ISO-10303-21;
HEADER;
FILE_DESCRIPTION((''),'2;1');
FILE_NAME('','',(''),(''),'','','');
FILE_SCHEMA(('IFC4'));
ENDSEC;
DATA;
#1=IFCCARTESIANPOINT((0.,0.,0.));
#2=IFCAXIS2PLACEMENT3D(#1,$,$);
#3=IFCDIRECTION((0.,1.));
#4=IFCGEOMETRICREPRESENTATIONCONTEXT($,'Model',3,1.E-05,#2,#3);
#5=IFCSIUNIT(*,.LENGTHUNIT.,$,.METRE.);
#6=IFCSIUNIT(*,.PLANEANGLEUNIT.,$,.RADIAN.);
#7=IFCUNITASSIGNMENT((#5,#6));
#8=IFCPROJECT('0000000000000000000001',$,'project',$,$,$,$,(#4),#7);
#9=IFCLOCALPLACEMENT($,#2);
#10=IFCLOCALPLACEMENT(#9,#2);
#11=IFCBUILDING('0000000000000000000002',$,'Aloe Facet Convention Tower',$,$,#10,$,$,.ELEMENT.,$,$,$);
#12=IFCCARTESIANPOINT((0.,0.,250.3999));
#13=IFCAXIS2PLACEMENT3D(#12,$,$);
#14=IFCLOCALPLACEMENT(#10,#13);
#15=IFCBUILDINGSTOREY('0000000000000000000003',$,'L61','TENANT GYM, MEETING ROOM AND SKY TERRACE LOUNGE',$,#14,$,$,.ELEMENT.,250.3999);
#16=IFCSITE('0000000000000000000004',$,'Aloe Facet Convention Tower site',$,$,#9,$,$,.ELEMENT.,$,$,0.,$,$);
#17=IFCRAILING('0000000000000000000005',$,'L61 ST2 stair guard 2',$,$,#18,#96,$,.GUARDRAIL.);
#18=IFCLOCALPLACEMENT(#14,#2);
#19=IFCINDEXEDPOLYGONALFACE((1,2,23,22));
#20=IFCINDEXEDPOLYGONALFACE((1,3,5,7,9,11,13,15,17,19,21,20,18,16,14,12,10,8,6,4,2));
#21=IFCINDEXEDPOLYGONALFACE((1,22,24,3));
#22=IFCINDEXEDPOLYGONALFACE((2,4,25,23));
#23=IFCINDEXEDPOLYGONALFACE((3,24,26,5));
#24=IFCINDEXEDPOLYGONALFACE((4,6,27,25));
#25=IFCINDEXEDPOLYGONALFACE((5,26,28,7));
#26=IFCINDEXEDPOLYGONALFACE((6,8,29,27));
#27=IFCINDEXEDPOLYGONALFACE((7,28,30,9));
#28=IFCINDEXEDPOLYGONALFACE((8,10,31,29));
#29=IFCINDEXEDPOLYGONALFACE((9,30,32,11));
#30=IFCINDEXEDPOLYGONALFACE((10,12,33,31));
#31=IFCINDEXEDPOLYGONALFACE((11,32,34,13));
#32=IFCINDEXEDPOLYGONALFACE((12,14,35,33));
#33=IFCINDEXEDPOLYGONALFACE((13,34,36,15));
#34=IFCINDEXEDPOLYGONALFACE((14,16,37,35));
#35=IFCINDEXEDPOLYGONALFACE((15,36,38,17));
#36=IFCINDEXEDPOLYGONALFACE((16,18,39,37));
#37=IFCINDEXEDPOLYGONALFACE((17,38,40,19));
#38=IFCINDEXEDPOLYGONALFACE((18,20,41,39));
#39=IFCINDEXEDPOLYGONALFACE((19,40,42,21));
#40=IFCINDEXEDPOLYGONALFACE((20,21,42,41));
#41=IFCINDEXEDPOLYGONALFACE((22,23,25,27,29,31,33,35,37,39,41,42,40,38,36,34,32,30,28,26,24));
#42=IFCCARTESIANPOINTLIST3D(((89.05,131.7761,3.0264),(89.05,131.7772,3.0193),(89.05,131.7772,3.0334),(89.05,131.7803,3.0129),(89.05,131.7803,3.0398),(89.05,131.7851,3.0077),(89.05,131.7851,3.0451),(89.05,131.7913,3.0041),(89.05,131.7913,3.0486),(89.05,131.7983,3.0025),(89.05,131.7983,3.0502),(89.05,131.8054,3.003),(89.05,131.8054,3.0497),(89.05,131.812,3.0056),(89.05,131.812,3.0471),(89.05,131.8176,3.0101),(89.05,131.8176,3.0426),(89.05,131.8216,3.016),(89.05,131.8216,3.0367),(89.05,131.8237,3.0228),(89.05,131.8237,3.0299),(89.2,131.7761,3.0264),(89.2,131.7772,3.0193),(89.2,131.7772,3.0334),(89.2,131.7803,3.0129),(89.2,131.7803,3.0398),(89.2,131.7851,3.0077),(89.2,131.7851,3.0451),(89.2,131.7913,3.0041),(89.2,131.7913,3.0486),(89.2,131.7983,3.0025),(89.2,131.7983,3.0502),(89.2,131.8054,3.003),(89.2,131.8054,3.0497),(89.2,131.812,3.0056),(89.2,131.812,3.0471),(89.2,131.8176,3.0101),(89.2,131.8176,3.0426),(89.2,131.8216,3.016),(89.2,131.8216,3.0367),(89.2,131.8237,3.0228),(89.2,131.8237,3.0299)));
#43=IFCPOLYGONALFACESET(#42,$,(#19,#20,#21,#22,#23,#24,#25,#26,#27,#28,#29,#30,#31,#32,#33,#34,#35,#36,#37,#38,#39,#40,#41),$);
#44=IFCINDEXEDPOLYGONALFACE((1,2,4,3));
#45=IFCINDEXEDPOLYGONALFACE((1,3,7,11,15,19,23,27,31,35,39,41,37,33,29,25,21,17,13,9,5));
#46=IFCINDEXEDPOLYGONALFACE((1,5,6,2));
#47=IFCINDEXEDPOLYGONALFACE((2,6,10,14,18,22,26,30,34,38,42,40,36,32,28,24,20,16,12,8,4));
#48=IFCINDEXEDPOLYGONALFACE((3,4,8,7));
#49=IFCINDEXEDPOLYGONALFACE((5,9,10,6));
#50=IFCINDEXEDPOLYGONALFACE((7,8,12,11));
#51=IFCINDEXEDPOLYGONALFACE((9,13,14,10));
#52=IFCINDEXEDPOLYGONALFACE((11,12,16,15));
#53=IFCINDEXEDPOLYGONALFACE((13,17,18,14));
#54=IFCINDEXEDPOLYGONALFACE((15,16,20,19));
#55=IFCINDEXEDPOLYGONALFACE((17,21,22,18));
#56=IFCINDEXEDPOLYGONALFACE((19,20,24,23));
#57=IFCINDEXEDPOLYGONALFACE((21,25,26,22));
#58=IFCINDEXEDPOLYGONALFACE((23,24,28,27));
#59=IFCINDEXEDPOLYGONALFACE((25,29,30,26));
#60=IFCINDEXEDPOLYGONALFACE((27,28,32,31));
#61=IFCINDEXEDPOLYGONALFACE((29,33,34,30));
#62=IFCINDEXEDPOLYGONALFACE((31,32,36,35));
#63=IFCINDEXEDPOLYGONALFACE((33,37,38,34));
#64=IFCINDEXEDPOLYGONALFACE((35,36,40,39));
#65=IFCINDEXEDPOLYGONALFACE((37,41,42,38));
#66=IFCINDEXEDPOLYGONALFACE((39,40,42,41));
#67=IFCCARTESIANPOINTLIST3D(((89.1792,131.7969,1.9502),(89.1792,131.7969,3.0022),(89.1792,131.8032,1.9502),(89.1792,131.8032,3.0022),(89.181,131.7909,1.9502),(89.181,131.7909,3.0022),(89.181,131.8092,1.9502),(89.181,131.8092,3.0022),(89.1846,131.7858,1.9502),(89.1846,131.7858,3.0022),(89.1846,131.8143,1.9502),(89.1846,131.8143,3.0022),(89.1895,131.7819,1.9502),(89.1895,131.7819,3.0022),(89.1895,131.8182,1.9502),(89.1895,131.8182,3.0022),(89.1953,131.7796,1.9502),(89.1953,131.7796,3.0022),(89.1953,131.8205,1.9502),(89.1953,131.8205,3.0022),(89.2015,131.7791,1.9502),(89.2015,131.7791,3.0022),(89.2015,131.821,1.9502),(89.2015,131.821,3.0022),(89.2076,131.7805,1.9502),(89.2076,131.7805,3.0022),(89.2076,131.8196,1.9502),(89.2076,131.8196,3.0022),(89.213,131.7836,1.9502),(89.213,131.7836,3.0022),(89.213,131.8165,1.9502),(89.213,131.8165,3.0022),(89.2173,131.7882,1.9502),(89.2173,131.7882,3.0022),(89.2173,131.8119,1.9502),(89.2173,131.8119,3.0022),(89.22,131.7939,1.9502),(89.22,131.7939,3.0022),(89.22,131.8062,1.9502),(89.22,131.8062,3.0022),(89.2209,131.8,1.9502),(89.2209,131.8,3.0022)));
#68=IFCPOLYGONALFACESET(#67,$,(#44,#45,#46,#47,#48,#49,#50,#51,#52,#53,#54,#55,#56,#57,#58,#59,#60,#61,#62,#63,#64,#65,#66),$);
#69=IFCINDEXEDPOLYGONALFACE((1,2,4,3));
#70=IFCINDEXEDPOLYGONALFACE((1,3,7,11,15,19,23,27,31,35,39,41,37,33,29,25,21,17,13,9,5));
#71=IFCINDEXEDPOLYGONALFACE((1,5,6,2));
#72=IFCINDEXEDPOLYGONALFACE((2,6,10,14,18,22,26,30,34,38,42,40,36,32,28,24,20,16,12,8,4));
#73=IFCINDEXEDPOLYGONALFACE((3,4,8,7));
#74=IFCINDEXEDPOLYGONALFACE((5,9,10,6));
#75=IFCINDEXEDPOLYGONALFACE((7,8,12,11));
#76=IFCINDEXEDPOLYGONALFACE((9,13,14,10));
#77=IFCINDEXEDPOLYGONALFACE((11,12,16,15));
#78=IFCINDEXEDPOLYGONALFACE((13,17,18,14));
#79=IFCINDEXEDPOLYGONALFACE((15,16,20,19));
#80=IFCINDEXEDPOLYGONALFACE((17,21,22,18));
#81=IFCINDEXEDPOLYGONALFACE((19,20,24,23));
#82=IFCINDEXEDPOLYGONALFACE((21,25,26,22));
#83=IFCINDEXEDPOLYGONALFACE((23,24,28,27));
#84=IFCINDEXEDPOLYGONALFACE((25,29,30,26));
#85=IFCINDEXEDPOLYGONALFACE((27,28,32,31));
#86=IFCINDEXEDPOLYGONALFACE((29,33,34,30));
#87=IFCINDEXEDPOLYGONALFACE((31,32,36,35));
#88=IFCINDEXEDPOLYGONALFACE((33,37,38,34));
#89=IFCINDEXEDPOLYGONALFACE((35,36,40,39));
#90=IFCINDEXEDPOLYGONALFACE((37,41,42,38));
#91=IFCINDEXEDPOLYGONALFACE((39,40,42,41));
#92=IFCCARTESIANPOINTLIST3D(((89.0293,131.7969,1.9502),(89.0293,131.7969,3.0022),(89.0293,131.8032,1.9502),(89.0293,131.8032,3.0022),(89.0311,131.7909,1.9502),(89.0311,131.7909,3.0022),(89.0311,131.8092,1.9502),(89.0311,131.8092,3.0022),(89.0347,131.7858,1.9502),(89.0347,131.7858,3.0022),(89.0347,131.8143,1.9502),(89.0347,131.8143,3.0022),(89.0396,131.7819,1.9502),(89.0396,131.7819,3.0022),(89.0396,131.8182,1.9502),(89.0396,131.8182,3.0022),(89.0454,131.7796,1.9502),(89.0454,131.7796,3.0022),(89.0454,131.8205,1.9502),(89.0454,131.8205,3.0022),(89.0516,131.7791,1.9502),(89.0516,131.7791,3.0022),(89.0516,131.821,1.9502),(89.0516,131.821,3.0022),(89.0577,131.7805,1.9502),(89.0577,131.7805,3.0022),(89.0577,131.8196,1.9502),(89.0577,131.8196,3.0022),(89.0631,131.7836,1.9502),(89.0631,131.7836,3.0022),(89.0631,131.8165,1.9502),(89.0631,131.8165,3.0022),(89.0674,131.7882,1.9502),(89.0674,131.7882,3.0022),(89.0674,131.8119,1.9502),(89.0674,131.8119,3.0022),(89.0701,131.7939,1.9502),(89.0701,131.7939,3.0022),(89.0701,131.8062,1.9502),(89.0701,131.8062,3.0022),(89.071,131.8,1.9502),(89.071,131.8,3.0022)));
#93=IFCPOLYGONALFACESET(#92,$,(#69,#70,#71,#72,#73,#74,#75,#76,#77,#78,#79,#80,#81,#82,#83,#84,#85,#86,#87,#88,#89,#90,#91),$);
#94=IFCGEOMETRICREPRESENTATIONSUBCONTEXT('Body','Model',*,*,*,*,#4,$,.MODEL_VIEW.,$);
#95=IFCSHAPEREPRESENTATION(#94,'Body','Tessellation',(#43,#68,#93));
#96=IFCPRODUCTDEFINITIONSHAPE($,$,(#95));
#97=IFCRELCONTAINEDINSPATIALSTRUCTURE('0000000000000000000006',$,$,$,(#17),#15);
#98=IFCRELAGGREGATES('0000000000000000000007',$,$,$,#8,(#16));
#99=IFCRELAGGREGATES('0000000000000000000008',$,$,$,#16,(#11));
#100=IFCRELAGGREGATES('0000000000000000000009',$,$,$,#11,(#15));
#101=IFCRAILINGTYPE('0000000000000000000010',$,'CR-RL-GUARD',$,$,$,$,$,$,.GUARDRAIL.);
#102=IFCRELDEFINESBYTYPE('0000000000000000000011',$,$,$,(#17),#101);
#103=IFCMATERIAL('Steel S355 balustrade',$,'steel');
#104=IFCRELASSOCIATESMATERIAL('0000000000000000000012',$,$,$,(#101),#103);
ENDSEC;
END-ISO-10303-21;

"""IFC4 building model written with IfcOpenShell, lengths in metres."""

from ifc_helpers import new_model, si_unit, direction, frame, origin, origin_2d, place, context, subcontext, project, spatial, circle, extrude, material, type_object, element, save


model = new_model("IFC4")

# Units and contexts
model_context = context("Model", 3, precision=1e-05, world=origin(), true_north=direction((0.0, 1.0)))
body_context = subcontext(model_context, "Body", "Model", "MODEL_VIEW")
ifc_project = project(units=[si_unit("LENGTHUNIT", "METRE"), si_unit("PLANEANGLEUNIT", "RADIAN")], contexts=[model_context])

# Site, building, storey
site_placement = place(None, origin())
site = spatial("IfcSite", under=ifc_project, at=site_placement, Name="Aloe Facet Convention Tower site", CompositionType="ELEMENT", RefElevation=0.0)
building_placement = place(site_placement, origin())
building = spatial("IfcBuilding", under=site, at=building_placement, Name="Aloe Facet Convention Tower", CompositionType="ELEMENT")
storey_placement = place(building_placement, frame((0.0, 0.0, 250.3999)))
storey = spatial("IfcBuildingStorey", under=building, at=storey_placement, Name="L61", Description="TENANT GYM, MEETING ROOM AND SKY TERRACE LOUNGE", CompositionType="ELEMENT", Elevation=250.3999)

# Railing
ifc_material_1 = material(Name="Steel S355 balustrade", Category="steel")
railing_type_1 = type_object("IfcRailingType", Name="CR-RL-GUARD", PredefinedType="GUARDRAIL", material=ifc_material_1)
railing_1_placement = place(storey_placement, frame((89.2, 131.8, 1.9502)))
element("IfcRailing", 1, at=railing_1_placement, inside=storey, type_object=railing_type_1, Name="L61 ST2 stair guard 2", PredefinedType="GUARDRAIL", context=body_context, shape_type="SweptSolid", body=[
    extrude(circle(Radius=0.0239, at=origin_2d()), frame((0.0, 0.0, 1.0762), z_axis=(-1.0, 0.0, 0.0), x_axis=(0.0, -1.0, 0.0)), (0.0, 0.0, 1.0), 0.1499),
    extrude(circle(Radius=0.021, at=origin_2d()), origin(), (0.0, 0.0, 1.0), 1.052),
    extrude(circle(Radius=0.021, at=origin_2d()), frame((-0.1499, 0.0, 0.0)), (0.0, 0.0, 1.0), 1.052),
])

save(model, "model.ifc")
